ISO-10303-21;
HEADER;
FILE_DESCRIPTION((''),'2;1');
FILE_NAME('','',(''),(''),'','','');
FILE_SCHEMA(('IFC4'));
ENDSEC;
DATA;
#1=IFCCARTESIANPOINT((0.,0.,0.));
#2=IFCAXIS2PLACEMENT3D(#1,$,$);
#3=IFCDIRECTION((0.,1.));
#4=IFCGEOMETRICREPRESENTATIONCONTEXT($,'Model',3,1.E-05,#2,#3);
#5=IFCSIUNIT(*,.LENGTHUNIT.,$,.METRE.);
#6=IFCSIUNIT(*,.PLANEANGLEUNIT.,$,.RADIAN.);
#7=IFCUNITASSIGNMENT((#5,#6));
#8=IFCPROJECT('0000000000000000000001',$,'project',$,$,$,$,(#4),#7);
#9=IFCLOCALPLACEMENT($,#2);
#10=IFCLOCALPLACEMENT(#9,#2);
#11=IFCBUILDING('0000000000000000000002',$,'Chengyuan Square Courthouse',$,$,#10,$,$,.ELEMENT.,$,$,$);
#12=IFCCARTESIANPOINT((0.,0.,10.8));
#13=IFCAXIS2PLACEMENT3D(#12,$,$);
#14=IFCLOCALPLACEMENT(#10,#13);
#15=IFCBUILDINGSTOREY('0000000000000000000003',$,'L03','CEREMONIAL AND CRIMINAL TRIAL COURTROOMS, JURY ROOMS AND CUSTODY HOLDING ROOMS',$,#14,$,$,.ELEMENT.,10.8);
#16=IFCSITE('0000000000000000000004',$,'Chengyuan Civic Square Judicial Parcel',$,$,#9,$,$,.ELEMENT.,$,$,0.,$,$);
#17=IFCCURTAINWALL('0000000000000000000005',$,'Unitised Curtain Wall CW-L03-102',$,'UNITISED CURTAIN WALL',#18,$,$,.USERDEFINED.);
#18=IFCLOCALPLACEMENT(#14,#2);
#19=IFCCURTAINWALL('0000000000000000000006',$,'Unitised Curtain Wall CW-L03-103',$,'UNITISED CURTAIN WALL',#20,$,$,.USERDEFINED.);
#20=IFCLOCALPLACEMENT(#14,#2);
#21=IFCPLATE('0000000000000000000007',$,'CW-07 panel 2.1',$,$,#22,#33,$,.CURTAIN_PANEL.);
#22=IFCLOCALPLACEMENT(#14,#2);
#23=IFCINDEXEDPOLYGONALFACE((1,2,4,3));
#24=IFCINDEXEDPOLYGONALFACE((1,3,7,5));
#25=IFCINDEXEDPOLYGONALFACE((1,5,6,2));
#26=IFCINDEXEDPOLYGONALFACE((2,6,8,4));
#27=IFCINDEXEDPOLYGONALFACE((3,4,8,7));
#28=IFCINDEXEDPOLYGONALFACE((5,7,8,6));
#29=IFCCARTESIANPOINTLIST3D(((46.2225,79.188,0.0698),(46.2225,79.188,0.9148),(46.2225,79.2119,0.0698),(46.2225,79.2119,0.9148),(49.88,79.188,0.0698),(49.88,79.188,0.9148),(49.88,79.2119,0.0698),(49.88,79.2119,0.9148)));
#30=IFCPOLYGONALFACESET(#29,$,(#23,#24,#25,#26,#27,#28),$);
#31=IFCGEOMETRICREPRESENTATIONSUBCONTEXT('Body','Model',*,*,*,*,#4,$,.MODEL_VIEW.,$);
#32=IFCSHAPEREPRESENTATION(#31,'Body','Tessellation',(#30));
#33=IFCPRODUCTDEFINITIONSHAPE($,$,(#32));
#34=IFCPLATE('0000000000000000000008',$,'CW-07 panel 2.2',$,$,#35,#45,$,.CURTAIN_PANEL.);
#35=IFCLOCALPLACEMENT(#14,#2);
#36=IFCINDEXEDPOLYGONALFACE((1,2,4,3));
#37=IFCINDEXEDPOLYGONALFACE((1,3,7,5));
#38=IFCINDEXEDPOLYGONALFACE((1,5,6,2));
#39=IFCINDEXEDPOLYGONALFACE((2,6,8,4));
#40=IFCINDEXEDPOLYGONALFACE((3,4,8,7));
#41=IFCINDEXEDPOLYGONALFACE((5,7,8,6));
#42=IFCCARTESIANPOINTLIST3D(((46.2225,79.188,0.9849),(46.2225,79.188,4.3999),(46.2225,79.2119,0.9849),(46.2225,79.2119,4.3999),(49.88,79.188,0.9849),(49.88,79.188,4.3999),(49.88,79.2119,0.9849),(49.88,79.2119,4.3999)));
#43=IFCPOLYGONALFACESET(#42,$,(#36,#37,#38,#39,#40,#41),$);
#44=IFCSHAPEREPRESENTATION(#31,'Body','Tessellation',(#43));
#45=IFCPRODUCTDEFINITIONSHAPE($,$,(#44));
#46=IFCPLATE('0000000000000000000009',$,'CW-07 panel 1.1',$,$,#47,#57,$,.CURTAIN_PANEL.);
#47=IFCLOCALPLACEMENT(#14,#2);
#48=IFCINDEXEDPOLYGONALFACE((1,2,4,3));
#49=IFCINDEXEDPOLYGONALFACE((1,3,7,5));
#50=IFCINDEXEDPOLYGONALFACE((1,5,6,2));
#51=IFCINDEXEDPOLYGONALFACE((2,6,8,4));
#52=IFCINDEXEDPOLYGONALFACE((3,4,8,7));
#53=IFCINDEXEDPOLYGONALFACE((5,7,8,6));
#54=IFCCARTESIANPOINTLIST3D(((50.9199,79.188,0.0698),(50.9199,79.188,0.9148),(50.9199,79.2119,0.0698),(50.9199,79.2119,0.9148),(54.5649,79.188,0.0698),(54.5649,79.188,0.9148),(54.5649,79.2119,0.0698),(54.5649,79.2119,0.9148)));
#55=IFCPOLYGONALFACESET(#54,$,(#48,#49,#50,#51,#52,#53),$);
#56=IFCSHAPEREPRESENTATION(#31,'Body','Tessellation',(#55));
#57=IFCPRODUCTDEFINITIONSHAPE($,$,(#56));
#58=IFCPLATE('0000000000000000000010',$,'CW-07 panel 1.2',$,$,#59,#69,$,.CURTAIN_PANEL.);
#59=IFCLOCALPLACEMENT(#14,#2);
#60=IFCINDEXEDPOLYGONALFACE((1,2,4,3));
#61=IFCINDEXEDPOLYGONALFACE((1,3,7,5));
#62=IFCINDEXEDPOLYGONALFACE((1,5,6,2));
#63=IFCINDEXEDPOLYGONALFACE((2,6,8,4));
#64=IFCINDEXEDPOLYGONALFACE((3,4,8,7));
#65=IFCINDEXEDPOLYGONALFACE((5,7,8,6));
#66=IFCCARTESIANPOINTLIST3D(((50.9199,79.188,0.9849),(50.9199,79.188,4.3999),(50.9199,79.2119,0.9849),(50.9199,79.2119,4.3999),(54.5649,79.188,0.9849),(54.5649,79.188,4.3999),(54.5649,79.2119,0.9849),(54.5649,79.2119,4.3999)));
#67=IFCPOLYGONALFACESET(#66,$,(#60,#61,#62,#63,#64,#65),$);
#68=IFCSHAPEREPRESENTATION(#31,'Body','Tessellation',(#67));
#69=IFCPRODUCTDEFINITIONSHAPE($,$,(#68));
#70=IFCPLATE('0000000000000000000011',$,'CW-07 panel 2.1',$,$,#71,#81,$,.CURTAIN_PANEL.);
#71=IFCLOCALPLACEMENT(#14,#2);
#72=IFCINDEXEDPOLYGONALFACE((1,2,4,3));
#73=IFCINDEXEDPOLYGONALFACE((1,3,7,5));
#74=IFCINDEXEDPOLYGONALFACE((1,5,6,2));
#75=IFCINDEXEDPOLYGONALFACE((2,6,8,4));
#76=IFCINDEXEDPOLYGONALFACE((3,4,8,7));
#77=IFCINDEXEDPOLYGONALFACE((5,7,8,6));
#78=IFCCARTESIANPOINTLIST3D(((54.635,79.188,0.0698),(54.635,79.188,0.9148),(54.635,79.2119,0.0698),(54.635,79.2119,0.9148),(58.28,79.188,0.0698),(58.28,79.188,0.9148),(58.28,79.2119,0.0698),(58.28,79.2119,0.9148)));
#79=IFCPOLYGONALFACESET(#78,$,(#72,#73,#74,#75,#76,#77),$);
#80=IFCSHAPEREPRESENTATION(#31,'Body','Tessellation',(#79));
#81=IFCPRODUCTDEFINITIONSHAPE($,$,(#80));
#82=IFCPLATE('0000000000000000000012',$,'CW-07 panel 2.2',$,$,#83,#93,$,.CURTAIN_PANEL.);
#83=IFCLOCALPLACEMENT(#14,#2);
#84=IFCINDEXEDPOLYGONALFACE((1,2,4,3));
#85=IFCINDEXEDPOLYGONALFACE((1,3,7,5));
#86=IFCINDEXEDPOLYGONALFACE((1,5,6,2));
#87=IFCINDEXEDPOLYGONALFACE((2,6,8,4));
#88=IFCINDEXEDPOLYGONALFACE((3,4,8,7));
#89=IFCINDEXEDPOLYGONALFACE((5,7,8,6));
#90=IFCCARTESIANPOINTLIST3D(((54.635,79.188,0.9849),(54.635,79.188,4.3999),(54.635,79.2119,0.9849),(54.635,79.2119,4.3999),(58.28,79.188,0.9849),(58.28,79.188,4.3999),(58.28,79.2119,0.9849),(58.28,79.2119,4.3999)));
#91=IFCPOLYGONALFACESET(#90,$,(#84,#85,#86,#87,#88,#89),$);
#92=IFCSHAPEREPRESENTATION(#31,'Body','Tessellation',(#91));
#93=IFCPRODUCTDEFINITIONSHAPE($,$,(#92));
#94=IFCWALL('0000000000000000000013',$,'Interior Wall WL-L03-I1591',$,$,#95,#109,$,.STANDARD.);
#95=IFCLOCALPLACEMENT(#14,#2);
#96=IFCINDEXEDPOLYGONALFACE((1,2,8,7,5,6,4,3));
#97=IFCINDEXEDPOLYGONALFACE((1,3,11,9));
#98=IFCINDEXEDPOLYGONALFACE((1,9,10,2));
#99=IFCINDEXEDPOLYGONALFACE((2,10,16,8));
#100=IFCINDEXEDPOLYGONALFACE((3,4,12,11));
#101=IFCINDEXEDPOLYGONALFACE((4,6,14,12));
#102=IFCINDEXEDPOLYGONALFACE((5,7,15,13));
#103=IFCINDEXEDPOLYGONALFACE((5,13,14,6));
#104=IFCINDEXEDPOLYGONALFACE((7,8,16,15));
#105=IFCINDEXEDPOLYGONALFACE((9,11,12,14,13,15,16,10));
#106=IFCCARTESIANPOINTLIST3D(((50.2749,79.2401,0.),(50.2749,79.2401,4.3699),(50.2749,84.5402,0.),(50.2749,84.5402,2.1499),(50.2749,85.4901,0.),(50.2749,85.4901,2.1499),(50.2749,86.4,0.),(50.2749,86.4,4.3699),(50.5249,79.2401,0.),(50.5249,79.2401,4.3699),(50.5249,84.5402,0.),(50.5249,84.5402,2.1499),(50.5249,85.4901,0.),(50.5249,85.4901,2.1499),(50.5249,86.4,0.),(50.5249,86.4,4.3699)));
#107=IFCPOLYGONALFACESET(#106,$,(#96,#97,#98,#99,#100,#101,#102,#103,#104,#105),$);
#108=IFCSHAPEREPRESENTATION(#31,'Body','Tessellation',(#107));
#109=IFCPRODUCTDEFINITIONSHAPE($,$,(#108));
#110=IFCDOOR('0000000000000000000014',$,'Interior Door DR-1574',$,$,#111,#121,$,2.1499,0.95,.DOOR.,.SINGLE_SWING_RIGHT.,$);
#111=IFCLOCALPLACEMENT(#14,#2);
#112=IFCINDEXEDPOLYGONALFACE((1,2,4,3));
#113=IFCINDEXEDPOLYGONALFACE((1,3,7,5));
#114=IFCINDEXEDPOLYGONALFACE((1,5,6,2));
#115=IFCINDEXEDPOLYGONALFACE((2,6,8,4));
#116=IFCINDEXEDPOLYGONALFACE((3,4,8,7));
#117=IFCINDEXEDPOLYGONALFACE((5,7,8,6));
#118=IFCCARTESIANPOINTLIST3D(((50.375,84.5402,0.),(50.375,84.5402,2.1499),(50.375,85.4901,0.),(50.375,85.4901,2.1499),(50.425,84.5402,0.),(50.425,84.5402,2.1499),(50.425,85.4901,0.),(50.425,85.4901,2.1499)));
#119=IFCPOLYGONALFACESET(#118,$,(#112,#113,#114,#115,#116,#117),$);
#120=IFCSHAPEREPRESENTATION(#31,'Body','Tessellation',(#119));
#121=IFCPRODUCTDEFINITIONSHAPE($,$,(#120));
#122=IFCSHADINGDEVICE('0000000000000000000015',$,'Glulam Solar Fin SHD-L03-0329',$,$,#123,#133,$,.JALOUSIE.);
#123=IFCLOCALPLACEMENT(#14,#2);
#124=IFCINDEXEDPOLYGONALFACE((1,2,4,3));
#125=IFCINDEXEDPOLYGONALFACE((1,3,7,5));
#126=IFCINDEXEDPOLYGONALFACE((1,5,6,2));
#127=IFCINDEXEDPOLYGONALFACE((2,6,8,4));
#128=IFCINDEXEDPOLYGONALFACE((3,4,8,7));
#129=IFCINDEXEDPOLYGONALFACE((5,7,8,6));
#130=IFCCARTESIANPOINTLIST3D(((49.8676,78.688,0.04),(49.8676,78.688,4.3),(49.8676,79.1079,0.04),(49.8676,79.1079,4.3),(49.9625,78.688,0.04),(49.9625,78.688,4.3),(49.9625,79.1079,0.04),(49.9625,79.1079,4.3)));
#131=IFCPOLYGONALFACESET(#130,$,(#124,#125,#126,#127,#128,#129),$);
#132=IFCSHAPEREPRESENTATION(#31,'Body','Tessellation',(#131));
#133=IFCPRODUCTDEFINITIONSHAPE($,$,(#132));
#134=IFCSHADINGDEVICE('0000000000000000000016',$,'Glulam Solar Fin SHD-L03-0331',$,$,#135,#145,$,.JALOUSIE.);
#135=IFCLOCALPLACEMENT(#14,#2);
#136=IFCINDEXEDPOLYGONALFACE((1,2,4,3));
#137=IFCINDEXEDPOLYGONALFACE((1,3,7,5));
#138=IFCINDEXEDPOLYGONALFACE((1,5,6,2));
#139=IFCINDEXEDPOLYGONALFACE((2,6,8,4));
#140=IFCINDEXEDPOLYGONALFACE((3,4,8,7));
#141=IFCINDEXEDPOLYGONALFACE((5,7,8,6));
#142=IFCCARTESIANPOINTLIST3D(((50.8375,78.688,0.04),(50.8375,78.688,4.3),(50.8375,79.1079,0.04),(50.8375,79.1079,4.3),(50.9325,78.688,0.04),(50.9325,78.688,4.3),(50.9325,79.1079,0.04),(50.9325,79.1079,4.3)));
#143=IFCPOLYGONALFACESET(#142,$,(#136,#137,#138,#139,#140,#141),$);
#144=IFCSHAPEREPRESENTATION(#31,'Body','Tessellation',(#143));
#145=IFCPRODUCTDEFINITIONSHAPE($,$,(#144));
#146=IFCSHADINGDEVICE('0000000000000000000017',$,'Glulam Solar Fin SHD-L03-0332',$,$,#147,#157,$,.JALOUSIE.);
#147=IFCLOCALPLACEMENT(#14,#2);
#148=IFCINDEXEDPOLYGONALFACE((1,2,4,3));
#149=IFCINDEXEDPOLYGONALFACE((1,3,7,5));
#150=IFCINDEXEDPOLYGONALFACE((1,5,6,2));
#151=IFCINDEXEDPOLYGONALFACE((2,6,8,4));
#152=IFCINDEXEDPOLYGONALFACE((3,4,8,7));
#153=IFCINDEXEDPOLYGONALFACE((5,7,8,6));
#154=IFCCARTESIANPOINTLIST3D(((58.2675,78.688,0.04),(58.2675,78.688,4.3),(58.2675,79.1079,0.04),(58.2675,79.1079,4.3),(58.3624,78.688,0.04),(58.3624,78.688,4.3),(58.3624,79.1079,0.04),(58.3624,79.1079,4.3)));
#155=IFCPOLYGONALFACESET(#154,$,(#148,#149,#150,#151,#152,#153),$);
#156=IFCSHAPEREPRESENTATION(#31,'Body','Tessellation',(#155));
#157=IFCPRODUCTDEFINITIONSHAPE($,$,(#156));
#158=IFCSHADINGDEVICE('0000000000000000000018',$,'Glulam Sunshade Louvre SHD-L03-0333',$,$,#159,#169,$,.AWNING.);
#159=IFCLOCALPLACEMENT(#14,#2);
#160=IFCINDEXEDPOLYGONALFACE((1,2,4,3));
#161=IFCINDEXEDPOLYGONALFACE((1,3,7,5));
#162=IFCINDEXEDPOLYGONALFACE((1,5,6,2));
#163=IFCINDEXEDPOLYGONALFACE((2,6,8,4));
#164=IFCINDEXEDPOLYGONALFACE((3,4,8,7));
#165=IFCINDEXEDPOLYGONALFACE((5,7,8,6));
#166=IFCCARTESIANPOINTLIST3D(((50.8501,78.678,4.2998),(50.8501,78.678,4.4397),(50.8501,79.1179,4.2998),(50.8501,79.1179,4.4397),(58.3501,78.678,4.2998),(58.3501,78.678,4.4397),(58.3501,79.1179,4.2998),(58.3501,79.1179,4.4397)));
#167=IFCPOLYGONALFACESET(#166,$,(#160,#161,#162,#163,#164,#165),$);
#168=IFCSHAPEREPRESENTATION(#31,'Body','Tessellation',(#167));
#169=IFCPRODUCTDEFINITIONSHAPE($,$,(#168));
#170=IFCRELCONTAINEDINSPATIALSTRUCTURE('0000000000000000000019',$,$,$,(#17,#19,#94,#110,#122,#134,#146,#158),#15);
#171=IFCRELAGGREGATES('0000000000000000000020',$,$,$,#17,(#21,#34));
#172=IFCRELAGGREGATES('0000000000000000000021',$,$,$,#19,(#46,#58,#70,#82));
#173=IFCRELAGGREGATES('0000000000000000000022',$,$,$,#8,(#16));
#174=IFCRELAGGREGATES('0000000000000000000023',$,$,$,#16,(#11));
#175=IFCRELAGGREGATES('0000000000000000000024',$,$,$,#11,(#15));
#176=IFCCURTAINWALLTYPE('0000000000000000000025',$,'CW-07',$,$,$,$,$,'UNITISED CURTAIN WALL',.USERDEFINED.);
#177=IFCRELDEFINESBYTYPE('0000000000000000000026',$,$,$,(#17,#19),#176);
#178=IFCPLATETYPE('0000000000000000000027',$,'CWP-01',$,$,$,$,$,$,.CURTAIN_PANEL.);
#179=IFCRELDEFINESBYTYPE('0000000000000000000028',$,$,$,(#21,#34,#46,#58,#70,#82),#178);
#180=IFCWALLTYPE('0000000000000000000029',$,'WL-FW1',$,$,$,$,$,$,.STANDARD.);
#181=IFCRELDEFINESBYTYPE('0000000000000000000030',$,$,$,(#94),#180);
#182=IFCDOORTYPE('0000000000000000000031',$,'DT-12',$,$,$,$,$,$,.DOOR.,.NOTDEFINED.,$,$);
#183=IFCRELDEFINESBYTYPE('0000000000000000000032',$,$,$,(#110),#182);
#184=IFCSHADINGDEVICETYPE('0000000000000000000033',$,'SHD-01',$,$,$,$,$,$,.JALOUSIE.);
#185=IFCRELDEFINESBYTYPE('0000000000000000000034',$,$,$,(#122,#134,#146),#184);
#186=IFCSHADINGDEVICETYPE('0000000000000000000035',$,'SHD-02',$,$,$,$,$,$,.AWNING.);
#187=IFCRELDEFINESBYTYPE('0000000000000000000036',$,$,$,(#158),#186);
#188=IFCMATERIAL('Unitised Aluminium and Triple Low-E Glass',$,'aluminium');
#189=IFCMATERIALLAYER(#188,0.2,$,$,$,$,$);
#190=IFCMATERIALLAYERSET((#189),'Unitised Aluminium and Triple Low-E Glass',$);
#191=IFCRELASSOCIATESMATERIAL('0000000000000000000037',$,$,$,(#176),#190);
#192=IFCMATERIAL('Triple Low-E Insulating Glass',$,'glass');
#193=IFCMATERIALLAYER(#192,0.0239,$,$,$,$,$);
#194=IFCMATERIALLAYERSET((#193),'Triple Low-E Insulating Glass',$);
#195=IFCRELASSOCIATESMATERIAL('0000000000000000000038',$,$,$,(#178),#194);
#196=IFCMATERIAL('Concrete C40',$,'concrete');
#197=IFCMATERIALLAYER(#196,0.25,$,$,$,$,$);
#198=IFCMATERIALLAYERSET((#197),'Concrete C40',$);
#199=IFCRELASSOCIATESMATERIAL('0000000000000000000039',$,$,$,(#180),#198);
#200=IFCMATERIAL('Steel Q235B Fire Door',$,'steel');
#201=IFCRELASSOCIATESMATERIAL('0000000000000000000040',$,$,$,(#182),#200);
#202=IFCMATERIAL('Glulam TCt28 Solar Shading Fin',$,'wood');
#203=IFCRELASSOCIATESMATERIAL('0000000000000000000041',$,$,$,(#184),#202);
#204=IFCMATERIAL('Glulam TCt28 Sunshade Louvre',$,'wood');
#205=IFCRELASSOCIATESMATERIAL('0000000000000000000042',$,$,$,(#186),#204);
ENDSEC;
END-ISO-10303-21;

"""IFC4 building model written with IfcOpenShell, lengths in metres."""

from ifc_helpers import new_model, si_unit, direction, frame, frame_2d, origin, origin_2d, place, context, subcontext, project, spatial, rectangle, extrude, material, layer, layer_set, type_object, element, fill, aggregate, save


model = new_model("IFC4")

# Units and contexts
model_context = context("Model", 3, precision=1e-05, world=origin(), true_north=direction((0.0, 1.0)))
body_context = subcontext(model_context, "Body", "Model", "MODEL_VIEW")
ifc_project = project(units=[si_unit("LENGTHUNIT", "METRE"), si_unit("PLANEANGLEUNIT", "RADIAN")], contexts=[model_context])

# Site, building, storey
site_placement = place(None, origin())
site = spatial("IfcSite", under=ifc_project, at=site_placement, Name="Chengyuan Civic Square Judicial Parcel", CompositionType="ELEMENT", RefElevation=0.0)
building_placement = place(site_placement, origin())
building = spatial("IfcBuilding", under=site, at=building_placement, Name="Chengyuan Square Courthouse", CompositionType="ELEMENT")
storey_placement = place(building_placement, frame((0.0, 0.0, 10.8)))
storey = spatial("IfcBuildingStorey", under=building, at=storey_placement, Name="L03", Description="CEREMONIAL AND CRIMINAL TRIAL COURTROOMS, JURY ROOMS AND CUSTODY HOLDING ROOMS", CompositionType="ELEMENT", Elevation=10.8)

# Shared definitions
ifc_material_1 = material(Name="Concrete C40", Category="concrete")

# Curtain wall
ifc_material_2 = material(Name="Unitised Aluminium and Triple Low-E Glass", Category="aluminium")
ifc_layer_1 = layer(ifc_material_2, 0.2)
ifc_layer_set_1 = layer_set([ifc_layer_1], Name="Unitised Aluminium and Triple Low-E Glass")
curtain_wall_type = type_object("IfcCurtainWallType", Name="CW-07", ElementType="UNITISED CURTAIN WALL", PredefinedType="USERDEFINED", material=ifc_layer_set_1)
curtain_wall_1_placement = place(storey_placement, origin())
curtain_wall_1 = element("IfcCurtainWall", 1, at=curtain_wall_1_placement, inside=storey, type_object=curtain_wall_type, Name="Unitised Curtain Wall CW-L03-102", ObjectType="UNITISED CURTAIN WALL", PredefinedType="USERDEFINED")

# Curtain wall
curtain_wall_2_placement = place(storey_placement, origin())
curtain_wall_2 = element("IfcCurtainWall", 2, at=curtain_wall_2_placement, inside=storey, type_object=curtain_wall_type, Name="Unitised Curtain Wall CW-L03-103", ObjectType="UNITISED CURTAIN WALL", PredefinedType="USERDEFINED")

# Plates
ifc_material_3 = material(Name="Triple Low-E Insulating Glass", Category="glass")
ifc_layer_2 = layer(ifc_material_3, 0.0239)
ifc_layer_set_2 = layer_set([ifc_layer_2], Name="Triple Low-E Insulating Glass")
plate_type = type_object("IfcPlateType", Name="CWP-01", PredefinedType="CURTAIN_PANEL", material=ifc_layer_set_2)
plate_1_placement = place(storey_placement, frame((48.0513, 79.2, 0.0698), z_axis=(0.0, 0.0, 1.0), x_axis=(1.0, 0.0, 0.0)))
plate_1 = element("IfcPlate", 3, at=plate_1_placement, type_object=plate_type, Name="CW-07 panel 2.1", PredefinedType="CURTAIN_PANEL", context=body_context, shape_type="SweptSolid", body=[
    extrude(rectangle(XDim=3.6575, YDim=0.0239, at=origin_2d()), origin(), (0.0, 0.0, 1.0), 0.845),
])
plate_2_placement = place(storey_placement, frame((48.0513, 79.2, 0.9849), z_axis=(0.0, 0.0, 1.0), x_axis=(1.0, 0.0, 0.0)))
plate_2 = element("IfcPlate", 4, at=plate_2_placement, type_object=plate_type, Name="CW-07 panel 2.2", PredefinedType="CURTAIN_PANEL", context=body_context, shape_type="SweptSolid", body=[
    extrude(rectangle(XDim=3.6575, YDim=0.0239, at=origin_2d()), origin(), (0.0, 0.0, 1.0), 3.415),
])
aggregate(curtain_wall_1, [plate_1, plate_2])
plate_3_placement = place(storey_placement, frame((52.7424, 79.2, 0.0698), z_axis=(0.0, 0.0, 1.0), x_axis=(1.0, 0.0, 0.0)))
plate_3 = element("IfcPlate", 5, at=plate_3_placement, type_object=plate_type, Name="CW-07 panel 1.1", PredefinedType="CURTAIN_PANEL", context=body_context, shape_type="SweptSolid", body=[
    extrude(rectangle(XDim=3.645, YDim=0.0239, at=origin_2d()), origin(), (0.0, 0.0, 1.0), 0.845),
])
plate_4_placement = place(storey_placement, frame((52.7424, 79.2, 0.9849), z_axis=(0.0, 0.0, 1.0), x_axis=(1.0, 0.0, 0.0)))
plate_4 = element("IfcPlate", 6, at=plate_4_placement, type_object=plate_type, Name="CW-07 panel 1.2", PredefinedType="CURTAIN_PANEL", context=body_context, shape_type="SweptSolid", body=[
    extrude(rectangle(XDim=3.645, YDim=0.0239, at=origin_2d()), origin(), (0.0, 0.0, 1.0), 3.415),
])
plate_5_placement = place(storey_placement, frame((56.4575, 79.2, 0.0698), z_axis=(0.0, 0.0, 1.0), x_axis=(1.0, 0.0, 0.0)))
plate_5 = element("IfcPlate", 7, at=plate_5_placement, type_object=plate_type, Name="CW-07 panel 2.1", PredefinedType="CURTAIN_PANEL", context=body_context, shape_type="SweptSolid", body=[
    extrude(rectangle(XDim=3.645, YDim=0.0239, at=origin_2d()), origin(), (0.0, 0.0, 1.0), 0.845),
])
plate_6_placement = place(storey_placement, frame((56.4575, 79.2, 0.9849), z_axis=(0.0, 0.0, 1.0), x_axis=(1.0, 0.0, 0.0)))
plate_6 = element("IfcPlate", 8, at=plate_6_placement, type_object=plate_type, Name="CW-07 panel 2.2", PredefinedType="CURTAIN_PANEL", context=body_context, shape_type="SweptSolid", body=[
    extrude(rectangle(XDim=3.645, YDim=0.0239, at=origin_2d()), origin(), (0.0, 0.0, 1.0), 3.415),
])
aggregate(curtain_wall_2, [plate_3, plate_4, plate_5, plate_6])

# Wall, opening, door
ifc_layer_3 = layer(ifc_material_1, 0.25)
ifc_layer_set_3 = layer_set([ifc_layer_3], Name="Concrete C40")
wall_type = type_object("IfcWallType", Name="WL-FW1", PredefinedType="STANDARD", material=ifc_layer_set_3)
wall_placement = place(storey_placement, frame((50.3999, 79.24, 0.0), z_axis=(0.0, 0.0, 1.0), x_axis=(0.0, 1.0, 0.0)))
wall = element("IfcWall", 9, at=wall_placement, inside=storey, type_object=wall_type, Name="Interior Wall WL-L03-I1591", PredefinedType="STANDARD", context=body_context, shape_type="SweptSolid", body=[
    extrude(rectangle(XDim=7.1599, YDim=0.25, at=frame_2d((3.5801, 0.0))), origin(), (0.0, 0.0, 1.0), 4.3699),
])
opening_placement = place(wall_placement, frame((5.3, 0.0, 0.0)))
opening = element("IfcOpeningElement", 10, at=opening_placement, cuts=wall, PredefinedType="OPENING", context=body_context, shape_type="SweptSolid", body=[
    extrude(rectangle(XDim=0.95, YDim=2.1499, at=frame_2d((0.4751, 1.075))), frame((0.0, 0.137, 0.0), z_axis=(0.0, -1.0, 0.0), x_axis=(1.0, 0.0, 0.0)), (0.0, 0.0, 1.0), 0.2739),
])
ifc_material_4 = material(Name="Steel Q235B Fire Door", Category="steel")
door_type = type_object("IfcDoorType", Name="DT-12", OperationType="NOTDEFINED", PredefinedType="DOOR", material=ifc_material_4)
door_placement = place(opening_placement, origin())
door = element("IfcDoor", 11, at=door_placement, inside=storey, type_object=door_type, Name="Interior Door DR-1574", OperationType="SINGLE_SWING_RIGHT", OverallHeight=2.1499, OverallWidth=0.95, PredefinedType="DOOR", context=body_context, shape_type="SweptSolid", body=[
    extrude(rectangle(XDim=0.95, YDim=2.1499, at=frame_2d((0.4751, 1.075))), frame((0.0, 0.0249, 0.0), z_axis=(0.0, -1.0, 0.0), x_axis=(1.0, 0.0, 0.0)), (0.0, 0.0, 1.0), 0.05),
])
fill(opening, door)

# Shading devices
ifc_material_5 = material(Name="Glulam TCt28 Solar Shading Fin", Category="wood")
shading_device_type_1 = type_object("IfcShadingDeviceType", Name="SHD-01", PredefinedType="JALOUSIE", material=ifc_material_5)
for number, where, z_axis, x_axis, name in (
    (12, (49.915, 78.8979, 0.04), (0.0, 0.0, 1.0), (0.0, 1.0, 0.0), "Glulam Solar Fin SHD-L03-0329"),
    (13, (50.885, 78.8979, 0.04), (0.0, 0.0, 1.0), (0.0, 1.0, 0.0), "Glulam Solar Fin SHD-L03-0331"),
    (14, (58.3149, 78.8979, 0.04), (0.0, 0.0, 1.0), (0.0, 1.0, 0.0), "Glulam Solar Fin SHD-L03-0332"),
):
    element("IfcShadingDevice", number, at=place(storey_placement, frame(where, z_axis=z_axis, x_axis=x_axis)), inside=storey, type_object=shading_device_type_1, Name=name, PredefinedType="JALOUSIE", context=body_context, shape_type="SweptSolid", body=[
        extrude(rectangle(XDim=0.4199, YDim=0.095, at=origin_2d()), origin(), (0.0, 0.0, 1.0), 4.26),
    ])
ifc_material_6 = material(Name="Glulam TCt28 Sunshade Louvre", Category="wood")
shading_device_type_2 = type_object("IfcShadingDeviceType", Name="SHD-02", PredefinedType="AWNING", material=ifc_material_6)
shading_device_placement = place(storey_placement, frame((54.6001, 78.8979, 4.2998), z_axis=(0.0, 0.0, 1.0), x_axis=(1.0, 0.0, 0.0)))
element("IfcShadingDevice", 15, at=shading_device_placement, inside=storey, type_object=shading_device_type_2, Name="Glulam Sunshade Louvre SHD-L03-0333", PredefinedType="AWNING", context=body_context, shape_type="SweptSolid", body=[
    extrude(rectangle(XDim=7.5, YDim=0.4399, at=origin_2d()), origin(), (0.0, 0.0, 1.0), 0.1399),
])

save(model, "model.ifc")
